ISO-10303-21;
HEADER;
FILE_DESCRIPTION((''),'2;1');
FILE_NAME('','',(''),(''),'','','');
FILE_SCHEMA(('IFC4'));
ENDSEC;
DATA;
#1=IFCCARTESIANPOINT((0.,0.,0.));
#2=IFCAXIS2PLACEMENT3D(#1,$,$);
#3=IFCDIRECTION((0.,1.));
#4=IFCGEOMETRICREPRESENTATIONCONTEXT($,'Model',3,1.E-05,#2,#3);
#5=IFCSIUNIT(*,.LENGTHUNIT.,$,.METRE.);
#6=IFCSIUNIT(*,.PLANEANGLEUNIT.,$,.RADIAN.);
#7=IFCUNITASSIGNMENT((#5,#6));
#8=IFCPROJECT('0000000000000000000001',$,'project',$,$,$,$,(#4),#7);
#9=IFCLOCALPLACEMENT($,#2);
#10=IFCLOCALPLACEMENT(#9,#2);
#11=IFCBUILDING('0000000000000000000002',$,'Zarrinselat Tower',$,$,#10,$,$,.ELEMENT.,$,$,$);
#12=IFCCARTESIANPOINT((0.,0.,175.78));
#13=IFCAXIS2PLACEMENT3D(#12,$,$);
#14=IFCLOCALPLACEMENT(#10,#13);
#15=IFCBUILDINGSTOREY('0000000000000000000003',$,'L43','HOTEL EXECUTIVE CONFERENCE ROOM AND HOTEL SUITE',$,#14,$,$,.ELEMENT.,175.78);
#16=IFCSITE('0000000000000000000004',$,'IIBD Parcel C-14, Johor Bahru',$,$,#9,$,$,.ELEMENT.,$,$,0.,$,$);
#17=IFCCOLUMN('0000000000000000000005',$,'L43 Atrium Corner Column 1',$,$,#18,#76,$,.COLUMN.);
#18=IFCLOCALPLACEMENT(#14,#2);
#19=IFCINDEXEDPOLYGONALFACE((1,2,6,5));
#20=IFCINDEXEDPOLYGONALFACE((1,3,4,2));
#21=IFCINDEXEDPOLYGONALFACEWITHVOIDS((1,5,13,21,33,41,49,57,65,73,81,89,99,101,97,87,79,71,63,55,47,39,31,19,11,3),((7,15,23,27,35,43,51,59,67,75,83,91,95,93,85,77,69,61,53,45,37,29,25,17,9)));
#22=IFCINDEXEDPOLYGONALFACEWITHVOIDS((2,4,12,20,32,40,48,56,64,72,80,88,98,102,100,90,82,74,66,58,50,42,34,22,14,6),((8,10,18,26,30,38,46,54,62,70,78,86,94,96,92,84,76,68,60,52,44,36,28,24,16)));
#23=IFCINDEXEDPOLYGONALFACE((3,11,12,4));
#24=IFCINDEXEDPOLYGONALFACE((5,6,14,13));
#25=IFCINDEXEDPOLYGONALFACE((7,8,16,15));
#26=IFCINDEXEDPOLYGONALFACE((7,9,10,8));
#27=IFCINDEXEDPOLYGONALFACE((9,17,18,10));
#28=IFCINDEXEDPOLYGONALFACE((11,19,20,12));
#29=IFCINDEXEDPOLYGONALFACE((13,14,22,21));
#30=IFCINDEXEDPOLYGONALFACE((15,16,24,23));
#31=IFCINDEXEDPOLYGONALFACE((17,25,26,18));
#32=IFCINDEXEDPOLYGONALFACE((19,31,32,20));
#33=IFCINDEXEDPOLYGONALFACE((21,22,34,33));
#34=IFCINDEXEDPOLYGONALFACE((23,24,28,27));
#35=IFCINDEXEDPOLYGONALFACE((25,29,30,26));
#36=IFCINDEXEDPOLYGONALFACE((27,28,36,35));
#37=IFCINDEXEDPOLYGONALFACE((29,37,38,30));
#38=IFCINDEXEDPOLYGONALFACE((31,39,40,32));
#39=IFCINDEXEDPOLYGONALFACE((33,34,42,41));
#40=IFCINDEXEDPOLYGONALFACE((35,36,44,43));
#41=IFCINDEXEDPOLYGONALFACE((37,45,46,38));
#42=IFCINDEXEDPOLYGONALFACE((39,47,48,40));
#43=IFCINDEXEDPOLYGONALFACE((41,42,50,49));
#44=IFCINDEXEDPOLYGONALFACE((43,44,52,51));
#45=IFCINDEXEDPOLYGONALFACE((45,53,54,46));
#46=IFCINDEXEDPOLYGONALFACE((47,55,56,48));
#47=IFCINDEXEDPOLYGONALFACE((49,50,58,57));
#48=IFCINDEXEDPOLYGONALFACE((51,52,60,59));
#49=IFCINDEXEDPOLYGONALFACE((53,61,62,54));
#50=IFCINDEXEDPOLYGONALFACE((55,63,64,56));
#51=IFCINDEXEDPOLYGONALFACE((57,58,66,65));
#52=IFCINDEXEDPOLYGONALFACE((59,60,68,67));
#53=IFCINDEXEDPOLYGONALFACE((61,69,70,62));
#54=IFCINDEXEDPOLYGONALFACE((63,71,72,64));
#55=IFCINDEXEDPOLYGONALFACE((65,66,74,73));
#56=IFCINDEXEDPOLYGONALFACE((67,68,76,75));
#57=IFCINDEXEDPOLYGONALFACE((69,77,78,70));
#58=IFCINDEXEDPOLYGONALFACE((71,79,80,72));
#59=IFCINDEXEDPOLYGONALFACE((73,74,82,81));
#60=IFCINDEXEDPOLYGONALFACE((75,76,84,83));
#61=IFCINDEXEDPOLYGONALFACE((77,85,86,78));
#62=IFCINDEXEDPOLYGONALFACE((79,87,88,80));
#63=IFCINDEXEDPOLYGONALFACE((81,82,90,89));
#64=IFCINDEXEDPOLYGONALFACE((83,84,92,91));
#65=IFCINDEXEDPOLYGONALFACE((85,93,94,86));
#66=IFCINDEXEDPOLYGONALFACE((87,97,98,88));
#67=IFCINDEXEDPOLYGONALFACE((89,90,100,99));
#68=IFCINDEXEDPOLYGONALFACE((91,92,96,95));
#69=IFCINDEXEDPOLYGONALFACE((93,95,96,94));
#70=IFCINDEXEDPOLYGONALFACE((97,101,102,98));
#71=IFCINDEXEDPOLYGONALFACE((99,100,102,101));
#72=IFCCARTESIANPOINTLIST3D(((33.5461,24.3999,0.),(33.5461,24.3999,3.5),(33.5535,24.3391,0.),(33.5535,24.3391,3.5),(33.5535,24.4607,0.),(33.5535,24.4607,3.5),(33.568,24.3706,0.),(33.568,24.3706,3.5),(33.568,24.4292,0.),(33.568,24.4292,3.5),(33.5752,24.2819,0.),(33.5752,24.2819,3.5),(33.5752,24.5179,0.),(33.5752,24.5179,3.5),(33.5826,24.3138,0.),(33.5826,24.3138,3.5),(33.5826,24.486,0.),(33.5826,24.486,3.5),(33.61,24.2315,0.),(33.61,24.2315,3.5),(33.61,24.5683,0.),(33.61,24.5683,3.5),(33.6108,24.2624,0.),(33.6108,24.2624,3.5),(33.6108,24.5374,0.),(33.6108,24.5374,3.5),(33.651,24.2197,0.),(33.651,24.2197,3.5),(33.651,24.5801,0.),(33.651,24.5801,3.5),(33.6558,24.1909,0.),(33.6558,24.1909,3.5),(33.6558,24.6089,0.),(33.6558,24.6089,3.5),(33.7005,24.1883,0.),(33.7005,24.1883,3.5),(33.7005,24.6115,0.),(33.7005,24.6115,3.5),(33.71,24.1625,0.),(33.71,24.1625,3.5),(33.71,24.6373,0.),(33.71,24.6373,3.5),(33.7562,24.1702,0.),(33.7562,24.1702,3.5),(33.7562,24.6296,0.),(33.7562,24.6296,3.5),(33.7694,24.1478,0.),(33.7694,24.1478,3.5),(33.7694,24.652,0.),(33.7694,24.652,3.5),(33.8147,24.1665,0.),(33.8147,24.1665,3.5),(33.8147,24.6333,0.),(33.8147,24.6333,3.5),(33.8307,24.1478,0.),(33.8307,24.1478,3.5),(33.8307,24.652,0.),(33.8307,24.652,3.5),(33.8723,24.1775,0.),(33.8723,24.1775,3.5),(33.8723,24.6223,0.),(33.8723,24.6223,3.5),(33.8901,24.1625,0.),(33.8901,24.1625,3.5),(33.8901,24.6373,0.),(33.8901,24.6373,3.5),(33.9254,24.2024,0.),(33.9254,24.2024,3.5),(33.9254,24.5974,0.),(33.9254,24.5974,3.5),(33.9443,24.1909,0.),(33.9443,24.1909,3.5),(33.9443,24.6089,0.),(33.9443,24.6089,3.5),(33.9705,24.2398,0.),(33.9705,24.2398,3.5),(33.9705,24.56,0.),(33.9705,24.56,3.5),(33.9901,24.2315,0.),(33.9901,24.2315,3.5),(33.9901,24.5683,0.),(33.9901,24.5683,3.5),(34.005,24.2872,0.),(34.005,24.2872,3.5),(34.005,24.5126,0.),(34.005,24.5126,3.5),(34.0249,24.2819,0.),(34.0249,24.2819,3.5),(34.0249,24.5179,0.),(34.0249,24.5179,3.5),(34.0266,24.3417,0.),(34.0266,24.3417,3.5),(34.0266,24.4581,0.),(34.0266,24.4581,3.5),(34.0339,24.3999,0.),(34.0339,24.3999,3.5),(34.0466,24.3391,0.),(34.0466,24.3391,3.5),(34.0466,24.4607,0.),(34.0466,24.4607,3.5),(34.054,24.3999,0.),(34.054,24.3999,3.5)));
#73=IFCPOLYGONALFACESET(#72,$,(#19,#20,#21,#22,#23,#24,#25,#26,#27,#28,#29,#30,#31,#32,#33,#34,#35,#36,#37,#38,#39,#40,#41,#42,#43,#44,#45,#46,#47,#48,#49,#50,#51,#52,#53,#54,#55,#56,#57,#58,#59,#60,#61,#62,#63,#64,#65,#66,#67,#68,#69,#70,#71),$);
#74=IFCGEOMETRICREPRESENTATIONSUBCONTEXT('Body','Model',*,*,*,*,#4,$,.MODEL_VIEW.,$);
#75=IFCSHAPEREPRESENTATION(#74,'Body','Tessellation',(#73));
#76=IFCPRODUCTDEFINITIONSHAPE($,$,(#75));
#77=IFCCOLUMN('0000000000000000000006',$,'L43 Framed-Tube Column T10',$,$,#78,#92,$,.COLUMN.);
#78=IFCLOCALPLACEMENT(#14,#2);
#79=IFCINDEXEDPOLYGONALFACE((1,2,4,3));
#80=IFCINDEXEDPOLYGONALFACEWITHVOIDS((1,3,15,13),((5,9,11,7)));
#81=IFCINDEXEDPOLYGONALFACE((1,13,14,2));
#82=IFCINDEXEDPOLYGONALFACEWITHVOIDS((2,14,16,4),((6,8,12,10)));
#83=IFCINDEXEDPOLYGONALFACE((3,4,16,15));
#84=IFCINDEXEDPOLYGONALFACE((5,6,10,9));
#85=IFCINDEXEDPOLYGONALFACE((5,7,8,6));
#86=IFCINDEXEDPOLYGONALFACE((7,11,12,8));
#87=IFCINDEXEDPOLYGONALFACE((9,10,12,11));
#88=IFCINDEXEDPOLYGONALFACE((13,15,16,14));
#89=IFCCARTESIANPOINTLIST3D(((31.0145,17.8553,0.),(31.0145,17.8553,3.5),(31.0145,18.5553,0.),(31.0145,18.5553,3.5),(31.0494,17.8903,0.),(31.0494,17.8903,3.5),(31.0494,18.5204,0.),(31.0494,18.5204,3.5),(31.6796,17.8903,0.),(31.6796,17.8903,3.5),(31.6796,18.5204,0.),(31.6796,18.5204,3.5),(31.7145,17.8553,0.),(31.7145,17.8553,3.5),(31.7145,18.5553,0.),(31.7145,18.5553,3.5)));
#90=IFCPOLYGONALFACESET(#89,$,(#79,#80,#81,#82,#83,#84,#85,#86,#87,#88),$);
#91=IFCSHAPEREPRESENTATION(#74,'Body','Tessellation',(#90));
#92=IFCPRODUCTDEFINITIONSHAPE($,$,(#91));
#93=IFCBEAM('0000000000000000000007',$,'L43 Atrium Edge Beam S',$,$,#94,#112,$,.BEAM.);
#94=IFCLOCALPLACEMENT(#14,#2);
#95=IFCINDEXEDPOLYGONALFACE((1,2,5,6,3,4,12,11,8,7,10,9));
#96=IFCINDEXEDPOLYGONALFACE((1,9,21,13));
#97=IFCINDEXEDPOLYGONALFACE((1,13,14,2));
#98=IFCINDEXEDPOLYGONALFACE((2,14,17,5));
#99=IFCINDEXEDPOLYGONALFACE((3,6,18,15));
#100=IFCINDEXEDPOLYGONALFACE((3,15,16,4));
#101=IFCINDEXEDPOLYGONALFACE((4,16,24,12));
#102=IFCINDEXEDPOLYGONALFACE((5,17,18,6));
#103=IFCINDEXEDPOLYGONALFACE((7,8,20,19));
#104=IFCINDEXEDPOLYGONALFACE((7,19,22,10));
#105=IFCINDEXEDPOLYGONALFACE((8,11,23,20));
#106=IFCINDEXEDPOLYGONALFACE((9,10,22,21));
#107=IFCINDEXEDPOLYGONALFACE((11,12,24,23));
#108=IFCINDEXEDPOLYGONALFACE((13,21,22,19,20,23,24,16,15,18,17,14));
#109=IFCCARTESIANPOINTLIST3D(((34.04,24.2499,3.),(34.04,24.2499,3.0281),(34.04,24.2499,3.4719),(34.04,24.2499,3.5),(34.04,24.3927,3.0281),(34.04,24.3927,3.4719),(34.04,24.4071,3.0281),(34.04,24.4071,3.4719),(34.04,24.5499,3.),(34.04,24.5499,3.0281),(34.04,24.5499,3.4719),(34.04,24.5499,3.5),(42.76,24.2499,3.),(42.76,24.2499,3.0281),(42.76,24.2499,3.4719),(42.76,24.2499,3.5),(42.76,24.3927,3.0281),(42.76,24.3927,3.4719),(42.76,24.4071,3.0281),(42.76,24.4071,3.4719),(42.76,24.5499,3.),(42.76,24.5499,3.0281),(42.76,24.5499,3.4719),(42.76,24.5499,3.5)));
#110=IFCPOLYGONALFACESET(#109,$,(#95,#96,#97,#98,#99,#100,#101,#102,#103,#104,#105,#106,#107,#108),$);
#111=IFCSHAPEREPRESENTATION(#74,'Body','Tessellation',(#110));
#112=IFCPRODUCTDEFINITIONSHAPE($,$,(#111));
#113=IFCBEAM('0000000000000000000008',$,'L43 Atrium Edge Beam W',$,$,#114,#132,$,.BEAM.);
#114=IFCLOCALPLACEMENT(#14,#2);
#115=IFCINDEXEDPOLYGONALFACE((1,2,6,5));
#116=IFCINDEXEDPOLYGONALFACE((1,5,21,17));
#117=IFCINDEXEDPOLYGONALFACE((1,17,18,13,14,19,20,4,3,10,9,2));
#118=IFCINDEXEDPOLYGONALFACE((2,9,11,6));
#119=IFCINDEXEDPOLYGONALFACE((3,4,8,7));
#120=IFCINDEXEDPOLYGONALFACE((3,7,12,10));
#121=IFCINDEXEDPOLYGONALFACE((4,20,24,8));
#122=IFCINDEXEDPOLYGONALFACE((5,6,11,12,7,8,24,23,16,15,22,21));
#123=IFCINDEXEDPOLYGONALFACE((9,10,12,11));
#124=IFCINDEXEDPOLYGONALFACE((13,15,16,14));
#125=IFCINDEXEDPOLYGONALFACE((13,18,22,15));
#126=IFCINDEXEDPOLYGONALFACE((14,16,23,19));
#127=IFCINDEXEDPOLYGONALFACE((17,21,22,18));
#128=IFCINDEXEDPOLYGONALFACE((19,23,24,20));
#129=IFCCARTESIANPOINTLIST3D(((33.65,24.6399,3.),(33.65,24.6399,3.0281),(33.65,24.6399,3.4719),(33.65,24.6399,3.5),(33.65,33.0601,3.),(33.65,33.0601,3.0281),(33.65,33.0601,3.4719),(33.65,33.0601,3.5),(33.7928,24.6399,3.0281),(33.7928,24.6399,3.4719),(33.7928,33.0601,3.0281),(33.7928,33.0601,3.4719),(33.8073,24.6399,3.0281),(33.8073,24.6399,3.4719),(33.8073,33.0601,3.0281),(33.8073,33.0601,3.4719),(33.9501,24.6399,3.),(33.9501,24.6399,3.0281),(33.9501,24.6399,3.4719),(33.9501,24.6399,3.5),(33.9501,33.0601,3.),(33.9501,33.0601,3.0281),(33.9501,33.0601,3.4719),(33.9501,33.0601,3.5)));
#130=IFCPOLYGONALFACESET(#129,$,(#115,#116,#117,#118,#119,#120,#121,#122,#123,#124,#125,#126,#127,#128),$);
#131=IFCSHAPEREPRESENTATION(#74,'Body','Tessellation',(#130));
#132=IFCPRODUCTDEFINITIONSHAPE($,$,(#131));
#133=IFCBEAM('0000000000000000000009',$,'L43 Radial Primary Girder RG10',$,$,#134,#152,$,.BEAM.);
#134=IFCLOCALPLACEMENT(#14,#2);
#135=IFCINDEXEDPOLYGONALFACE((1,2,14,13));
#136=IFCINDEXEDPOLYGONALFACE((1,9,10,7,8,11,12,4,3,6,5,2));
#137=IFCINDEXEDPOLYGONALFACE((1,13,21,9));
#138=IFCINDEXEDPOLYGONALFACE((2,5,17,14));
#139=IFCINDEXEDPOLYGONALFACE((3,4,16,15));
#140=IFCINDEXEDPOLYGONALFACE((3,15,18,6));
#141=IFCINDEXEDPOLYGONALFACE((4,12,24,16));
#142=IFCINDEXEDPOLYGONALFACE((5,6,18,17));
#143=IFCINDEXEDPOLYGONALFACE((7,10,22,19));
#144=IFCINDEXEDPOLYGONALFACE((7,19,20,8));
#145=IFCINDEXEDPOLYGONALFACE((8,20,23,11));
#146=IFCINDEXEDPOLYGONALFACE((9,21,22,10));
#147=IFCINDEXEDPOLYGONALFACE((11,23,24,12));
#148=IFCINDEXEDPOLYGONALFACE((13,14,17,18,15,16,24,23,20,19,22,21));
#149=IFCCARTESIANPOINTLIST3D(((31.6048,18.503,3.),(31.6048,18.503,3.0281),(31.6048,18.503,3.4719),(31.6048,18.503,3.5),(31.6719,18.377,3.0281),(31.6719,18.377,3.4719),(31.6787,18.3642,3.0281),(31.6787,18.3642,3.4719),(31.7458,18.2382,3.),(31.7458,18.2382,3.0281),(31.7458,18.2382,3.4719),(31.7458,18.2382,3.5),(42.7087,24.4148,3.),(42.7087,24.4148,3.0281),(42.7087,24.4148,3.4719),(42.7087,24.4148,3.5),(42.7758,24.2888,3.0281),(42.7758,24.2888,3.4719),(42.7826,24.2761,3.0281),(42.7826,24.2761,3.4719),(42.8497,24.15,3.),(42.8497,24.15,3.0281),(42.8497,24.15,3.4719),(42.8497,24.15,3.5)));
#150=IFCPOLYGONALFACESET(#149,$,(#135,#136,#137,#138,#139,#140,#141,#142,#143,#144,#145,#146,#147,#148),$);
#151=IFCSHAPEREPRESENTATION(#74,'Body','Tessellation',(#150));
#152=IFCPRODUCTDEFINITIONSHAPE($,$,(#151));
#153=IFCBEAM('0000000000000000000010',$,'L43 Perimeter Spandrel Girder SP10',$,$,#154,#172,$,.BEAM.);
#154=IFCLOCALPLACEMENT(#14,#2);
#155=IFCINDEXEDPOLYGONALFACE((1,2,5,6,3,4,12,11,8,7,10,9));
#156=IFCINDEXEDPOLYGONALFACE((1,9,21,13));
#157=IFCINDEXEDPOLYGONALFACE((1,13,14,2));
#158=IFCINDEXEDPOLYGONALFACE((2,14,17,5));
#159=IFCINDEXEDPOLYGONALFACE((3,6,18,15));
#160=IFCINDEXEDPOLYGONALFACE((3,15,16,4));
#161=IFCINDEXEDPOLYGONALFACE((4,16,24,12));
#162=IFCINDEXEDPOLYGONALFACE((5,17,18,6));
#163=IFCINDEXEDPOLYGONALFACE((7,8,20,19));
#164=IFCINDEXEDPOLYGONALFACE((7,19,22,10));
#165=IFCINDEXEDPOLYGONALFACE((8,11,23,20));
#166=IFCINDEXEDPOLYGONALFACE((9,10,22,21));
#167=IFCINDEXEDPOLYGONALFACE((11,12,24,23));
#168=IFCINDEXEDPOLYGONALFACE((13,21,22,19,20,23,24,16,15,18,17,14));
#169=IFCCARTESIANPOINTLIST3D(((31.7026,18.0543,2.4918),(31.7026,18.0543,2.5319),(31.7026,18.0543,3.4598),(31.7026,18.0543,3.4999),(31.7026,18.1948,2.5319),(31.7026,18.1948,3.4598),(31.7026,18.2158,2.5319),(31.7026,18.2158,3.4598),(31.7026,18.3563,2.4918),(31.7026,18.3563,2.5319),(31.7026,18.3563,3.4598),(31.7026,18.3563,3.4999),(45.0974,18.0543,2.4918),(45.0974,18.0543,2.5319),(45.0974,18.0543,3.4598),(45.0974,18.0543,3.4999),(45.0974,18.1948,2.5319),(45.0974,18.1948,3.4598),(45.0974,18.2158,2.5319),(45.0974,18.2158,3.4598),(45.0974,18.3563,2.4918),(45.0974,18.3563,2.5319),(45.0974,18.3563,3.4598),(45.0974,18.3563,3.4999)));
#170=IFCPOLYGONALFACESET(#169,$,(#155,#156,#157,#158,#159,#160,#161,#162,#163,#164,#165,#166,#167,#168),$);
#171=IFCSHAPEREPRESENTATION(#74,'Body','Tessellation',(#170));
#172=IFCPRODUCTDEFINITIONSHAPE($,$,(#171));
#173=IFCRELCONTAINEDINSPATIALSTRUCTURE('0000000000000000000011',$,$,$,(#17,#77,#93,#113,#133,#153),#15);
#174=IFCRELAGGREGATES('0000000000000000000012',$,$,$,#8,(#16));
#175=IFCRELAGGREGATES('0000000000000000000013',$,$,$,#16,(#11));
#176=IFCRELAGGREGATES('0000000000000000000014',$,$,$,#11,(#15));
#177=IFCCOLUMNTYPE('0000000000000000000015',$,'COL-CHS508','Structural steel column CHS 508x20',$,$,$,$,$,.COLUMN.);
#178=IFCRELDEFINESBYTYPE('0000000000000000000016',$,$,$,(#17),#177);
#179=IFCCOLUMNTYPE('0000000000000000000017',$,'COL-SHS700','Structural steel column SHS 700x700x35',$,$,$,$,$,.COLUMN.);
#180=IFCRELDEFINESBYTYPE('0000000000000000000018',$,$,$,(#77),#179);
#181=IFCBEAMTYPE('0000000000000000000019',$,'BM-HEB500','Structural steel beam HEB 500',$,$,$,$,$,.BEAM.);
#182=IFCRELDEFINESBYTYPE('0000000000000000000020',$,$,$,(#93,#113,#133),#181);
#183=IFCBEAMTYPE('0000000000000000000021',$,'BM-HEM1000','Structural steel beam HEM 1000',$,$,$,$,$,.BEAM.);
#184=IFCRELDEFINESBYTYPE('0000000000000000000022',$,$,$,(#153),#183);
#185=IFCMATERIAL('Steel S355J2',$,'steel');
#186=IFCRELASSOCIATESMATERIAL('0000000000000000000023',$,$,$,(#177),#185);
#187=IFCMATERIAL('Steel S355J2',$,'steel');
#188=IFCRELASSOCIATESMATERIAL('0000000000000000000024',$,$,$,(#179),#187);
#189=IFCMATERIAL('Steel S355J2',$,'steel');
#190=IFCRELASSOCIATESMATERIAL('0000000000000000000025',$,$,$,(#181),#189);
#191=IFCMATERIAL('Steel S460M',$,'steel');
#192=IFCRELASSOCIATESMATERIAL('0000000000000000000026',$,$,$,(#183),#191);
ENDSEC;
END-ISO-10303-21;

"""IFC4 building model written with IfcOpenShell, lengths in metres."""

from ifc_helpers import new_model, si_unit, direction, frame, origin, origin_2d, place, context, subcontext, project, spatial, hollow_rectangle, hollow_circle, i_section, extrude, material, material_profile, profile_set, type_object, element, save


model = new_model("IFC4")

# Units and contexts
model_context = context("Model", 3, precision=1e-05, world=origin(), true_north=direction((0.0, 1.0)))
body_context = subcontext(model_context, "Body", "Model", "MODEL_VIEW")
ifc_project = project(units=[si_unit("LENGTHUNIT", "METRE"), si_unit("PLANEANGLEUNIT", "RADIAN")], contexts=[model_context])

# Site, building, storey
site_placement = place(None, origin())
site = spatial("IfcSite", under=ifc_project, at=site_placement, Name="IIBD Parcel C-14, Johor Bahru", CompositionType="ELEMENT", RefElevation=0.0)
building_placement = place(site_placement, origin())
building = spatial("IfcBuilding", under=site, at=building_placement, Name="Zarrinselat Tower", CompositionType="ELEMENT")
storey_placement = place(building_placement, frame((0.0, 0.0, 175.78)))
storey = spatial("IfcBuildingStorey", under=building, at=storey_placement, Name="L43", Description="HOTEL EXECUTIVE CONFERENCE ROOM AND HOTEL SUITE", CompositionType="ELEMENT", Elevation=175.78)

# Columns
ifc_material_1 = material(Name="Steel S355J2", Category="steel")
ifc_material_profile_1 = material_profile(ifc_material_1, hollow_circle(Radius=0.2539, WallThickness=0.02, at=origin_2d()), Name="CHS 508x20")
ifc_profile_set_1 = profile_set([ifc_material_profile_1], Name="Steel S355J2")
column_type_1 = type_object("IfcColumnType", Name="COL-CHS508", Description="Structural steel column CHS 508x20", PredefinedType="COLUMN", material=ifc_profile_set_1)
column_1_placement = place(storey_placement, frame((33.8, 24.3999, 0.0), z_axis=(0.0, 0.0, 1.0), x_axis=(1.0, 0.0, 0.0)))
element("IfcColumn", 1, at=column_1_placement, inside=storey, type_object=column_type_1, Name="L43 Atrium Corner Column 1", PredefinedType="COLUMN", context=body_context, shape_type="SweptSolid", body=[
    extrude(hollow_circle(Radius=0.2539, WallThickness=0.02, at=origin_2d()), origin(), (0.0, 0.0, 1.0), 3.5),
])
ifc_material_2 = material(Name="Steel S355J2", Category="steel")
ifc_material_profile_2 = material_profile(ifc_material_2, hollow_rectangle(XDim=0.7, YDim=0.7, WallThickness=0.0349, at=origin_2d()), Name="SHS 700x700x35")
ifc_profile_set_2 = profile_set([ifc_material_profile_2], Name="Steel S355J2")
column_type_2 = type_object("IfcColumnType", Name="COL-SHS700", Description="Structural steel column SHS 700x700x35", PredefinedType="COLUMN", material=ifc_profile_set_2)
column_2_placement = place(storey_placement, frame((31.3645, 18.2053, 0.0), z_axis=(0.0, 0.0, 1.0), x_axis=(1.0, 0.0, 0.0)))
element("IfcColumn", 2, at=column_2_placement, inside=storey, type_object=column_type_2, Name="L43 Framed-Tube Column T10", PredefinedType="COLUMN", context=body_context, shape_type="SweptSolid", body=[
    extrude(hollow_rectangle(XDim=0.7, YDim=0.7, WallThickness=0.0349, at=origin_2d()), origin(), (0.0, 0.0, 1.0), 3.5),
])

# Beams
ifc_material_3 = material(Name="Steel S355J2", Category="steel")
ifc_material_profile_3 = material_profile(ifc_material_3, i_section(OverallWidth=0.3, OverallDepth=0.5, WebThickness=0.0144, FlangeThickness=0.0281, at=origin_2d()), Name="HEB 500")
ifc_profile_set_3 = profile_set([ifc_material_profile_3], Name="Steel S355J2")
beam_type_1 = type_object("IfcBeamType", Name="BM-HEB500", Description="Structural steel beam HEB 500", PredefinedType="BEAM", material=ifc_profile_set_3)
beam_1_placement = place(storey_placement, frame((34.04, 24.3999, 3.25), z_axis=(1.0, 0.0, 0.0), x_axis=(0.0, 1.0, 0.0)))
element("IfcBeam", 3, at=beam_1_placement, inside=storey, type_object=beam_type_1, Name="L43 Atrium Edge Beam S", PredefinedType="BEAM", context=body_context, shape_type="SweptSolid", body=[
    extrude(i_section(OverallWidth=0.3, OverallDepth=0.5, WebThickness=0.0144, FlangeThickness=0.0281, at=origin_2d()), origin(), (0.0, 0.0, 1.0), 8.72),
])
beam_2_placement = place(storey_placement, frame((33.8, 24.6399, 3.25), z_axis=(0.0, 1.0, 0.0), x_axis=(-1.0, 0.0, 0.0)))
element("IfcBeam", 4, at=beam_2_placement, inside=storey, type_object=beam_type_1, Name="L43 Atrium Edge Beam W", PredefinedType="BEAM", context=body_context, shape_type="SweptSolid", body=[
    extrude(i_section(OverallWidth=0.3, OverallDepth=0.5, WebThickness=0.0144, FlangeThickness=0.0281, at=origin_2d()), origin(), (0.0, 0.0, 1.0), 8.4202),
])
beam_3_placement = place(storey_placement, frame((31.6753, 18.3706, 3.25), z_axis=(0.882692, 0.469953, 0.0), x_axis=(-0.469953, 0.882692, 0.0)))
element("IfcBeam", 5, at=beam_3_placement, inside=storey, type_object=beam_type_1, Name="L43 Radial Primary Girder RG10", PredefinedType="BEAM", context=body_context, shape_type="SweptSolid", body=[
    extrude(i_section(OverallWidth=0.3, OverallDepth=0.5, WebThickness=0.0144, FlangeThickness=0.0281, at=origin_2d()), origin(), (0.0, 0.0, 1.0), 12.5796),
])
ifc_material_4 = material(Name="Steel S460M", Category="steel")
ifc_material_profile_4 = material_profile(ifc_material_4, i_section(OverallWidth=0.302, OverallDepth=1.0081, WebThickness=0.021, FlangeThickness=0.04, at=origin_2d()), Name="HEM 1000")
ifc_profile_set_4 = profile_set([ifc_material_profile_4], Name="Steel S460M")
beam_type_2 = type_object("IfcBeamType", Name="BM-HEM1000", Description="Structural steel beam HEM 1000", PredefinedType="BEAM", material=ifc_profile_set_4)
beam_4_placement = place(storey_placement, frame((31.7026, 18.2053, 2.9958), z_axis=(1.0, 0.0, 0.0), x_axis=(0.0, 1.0, 0.0)))
element("IfcBeam", 6, at=beam_4_placement, inside=storey, type_object=beam_type_2, Name="L43 Perimeter Spandrel Girder SP10", PredefinedType="BEAM", context=body_context, shape_type="SweptSolid", body=[
    extrude(i_section(OverallWidth=0.302, OverallDepth=1.0081, WebThickness=0.021, FlangeThickness=0.04, at=origin_2d()), origin(), (0.0, 0.0, 1.0), 13.3948),
])

save(model, "model.ifc")
